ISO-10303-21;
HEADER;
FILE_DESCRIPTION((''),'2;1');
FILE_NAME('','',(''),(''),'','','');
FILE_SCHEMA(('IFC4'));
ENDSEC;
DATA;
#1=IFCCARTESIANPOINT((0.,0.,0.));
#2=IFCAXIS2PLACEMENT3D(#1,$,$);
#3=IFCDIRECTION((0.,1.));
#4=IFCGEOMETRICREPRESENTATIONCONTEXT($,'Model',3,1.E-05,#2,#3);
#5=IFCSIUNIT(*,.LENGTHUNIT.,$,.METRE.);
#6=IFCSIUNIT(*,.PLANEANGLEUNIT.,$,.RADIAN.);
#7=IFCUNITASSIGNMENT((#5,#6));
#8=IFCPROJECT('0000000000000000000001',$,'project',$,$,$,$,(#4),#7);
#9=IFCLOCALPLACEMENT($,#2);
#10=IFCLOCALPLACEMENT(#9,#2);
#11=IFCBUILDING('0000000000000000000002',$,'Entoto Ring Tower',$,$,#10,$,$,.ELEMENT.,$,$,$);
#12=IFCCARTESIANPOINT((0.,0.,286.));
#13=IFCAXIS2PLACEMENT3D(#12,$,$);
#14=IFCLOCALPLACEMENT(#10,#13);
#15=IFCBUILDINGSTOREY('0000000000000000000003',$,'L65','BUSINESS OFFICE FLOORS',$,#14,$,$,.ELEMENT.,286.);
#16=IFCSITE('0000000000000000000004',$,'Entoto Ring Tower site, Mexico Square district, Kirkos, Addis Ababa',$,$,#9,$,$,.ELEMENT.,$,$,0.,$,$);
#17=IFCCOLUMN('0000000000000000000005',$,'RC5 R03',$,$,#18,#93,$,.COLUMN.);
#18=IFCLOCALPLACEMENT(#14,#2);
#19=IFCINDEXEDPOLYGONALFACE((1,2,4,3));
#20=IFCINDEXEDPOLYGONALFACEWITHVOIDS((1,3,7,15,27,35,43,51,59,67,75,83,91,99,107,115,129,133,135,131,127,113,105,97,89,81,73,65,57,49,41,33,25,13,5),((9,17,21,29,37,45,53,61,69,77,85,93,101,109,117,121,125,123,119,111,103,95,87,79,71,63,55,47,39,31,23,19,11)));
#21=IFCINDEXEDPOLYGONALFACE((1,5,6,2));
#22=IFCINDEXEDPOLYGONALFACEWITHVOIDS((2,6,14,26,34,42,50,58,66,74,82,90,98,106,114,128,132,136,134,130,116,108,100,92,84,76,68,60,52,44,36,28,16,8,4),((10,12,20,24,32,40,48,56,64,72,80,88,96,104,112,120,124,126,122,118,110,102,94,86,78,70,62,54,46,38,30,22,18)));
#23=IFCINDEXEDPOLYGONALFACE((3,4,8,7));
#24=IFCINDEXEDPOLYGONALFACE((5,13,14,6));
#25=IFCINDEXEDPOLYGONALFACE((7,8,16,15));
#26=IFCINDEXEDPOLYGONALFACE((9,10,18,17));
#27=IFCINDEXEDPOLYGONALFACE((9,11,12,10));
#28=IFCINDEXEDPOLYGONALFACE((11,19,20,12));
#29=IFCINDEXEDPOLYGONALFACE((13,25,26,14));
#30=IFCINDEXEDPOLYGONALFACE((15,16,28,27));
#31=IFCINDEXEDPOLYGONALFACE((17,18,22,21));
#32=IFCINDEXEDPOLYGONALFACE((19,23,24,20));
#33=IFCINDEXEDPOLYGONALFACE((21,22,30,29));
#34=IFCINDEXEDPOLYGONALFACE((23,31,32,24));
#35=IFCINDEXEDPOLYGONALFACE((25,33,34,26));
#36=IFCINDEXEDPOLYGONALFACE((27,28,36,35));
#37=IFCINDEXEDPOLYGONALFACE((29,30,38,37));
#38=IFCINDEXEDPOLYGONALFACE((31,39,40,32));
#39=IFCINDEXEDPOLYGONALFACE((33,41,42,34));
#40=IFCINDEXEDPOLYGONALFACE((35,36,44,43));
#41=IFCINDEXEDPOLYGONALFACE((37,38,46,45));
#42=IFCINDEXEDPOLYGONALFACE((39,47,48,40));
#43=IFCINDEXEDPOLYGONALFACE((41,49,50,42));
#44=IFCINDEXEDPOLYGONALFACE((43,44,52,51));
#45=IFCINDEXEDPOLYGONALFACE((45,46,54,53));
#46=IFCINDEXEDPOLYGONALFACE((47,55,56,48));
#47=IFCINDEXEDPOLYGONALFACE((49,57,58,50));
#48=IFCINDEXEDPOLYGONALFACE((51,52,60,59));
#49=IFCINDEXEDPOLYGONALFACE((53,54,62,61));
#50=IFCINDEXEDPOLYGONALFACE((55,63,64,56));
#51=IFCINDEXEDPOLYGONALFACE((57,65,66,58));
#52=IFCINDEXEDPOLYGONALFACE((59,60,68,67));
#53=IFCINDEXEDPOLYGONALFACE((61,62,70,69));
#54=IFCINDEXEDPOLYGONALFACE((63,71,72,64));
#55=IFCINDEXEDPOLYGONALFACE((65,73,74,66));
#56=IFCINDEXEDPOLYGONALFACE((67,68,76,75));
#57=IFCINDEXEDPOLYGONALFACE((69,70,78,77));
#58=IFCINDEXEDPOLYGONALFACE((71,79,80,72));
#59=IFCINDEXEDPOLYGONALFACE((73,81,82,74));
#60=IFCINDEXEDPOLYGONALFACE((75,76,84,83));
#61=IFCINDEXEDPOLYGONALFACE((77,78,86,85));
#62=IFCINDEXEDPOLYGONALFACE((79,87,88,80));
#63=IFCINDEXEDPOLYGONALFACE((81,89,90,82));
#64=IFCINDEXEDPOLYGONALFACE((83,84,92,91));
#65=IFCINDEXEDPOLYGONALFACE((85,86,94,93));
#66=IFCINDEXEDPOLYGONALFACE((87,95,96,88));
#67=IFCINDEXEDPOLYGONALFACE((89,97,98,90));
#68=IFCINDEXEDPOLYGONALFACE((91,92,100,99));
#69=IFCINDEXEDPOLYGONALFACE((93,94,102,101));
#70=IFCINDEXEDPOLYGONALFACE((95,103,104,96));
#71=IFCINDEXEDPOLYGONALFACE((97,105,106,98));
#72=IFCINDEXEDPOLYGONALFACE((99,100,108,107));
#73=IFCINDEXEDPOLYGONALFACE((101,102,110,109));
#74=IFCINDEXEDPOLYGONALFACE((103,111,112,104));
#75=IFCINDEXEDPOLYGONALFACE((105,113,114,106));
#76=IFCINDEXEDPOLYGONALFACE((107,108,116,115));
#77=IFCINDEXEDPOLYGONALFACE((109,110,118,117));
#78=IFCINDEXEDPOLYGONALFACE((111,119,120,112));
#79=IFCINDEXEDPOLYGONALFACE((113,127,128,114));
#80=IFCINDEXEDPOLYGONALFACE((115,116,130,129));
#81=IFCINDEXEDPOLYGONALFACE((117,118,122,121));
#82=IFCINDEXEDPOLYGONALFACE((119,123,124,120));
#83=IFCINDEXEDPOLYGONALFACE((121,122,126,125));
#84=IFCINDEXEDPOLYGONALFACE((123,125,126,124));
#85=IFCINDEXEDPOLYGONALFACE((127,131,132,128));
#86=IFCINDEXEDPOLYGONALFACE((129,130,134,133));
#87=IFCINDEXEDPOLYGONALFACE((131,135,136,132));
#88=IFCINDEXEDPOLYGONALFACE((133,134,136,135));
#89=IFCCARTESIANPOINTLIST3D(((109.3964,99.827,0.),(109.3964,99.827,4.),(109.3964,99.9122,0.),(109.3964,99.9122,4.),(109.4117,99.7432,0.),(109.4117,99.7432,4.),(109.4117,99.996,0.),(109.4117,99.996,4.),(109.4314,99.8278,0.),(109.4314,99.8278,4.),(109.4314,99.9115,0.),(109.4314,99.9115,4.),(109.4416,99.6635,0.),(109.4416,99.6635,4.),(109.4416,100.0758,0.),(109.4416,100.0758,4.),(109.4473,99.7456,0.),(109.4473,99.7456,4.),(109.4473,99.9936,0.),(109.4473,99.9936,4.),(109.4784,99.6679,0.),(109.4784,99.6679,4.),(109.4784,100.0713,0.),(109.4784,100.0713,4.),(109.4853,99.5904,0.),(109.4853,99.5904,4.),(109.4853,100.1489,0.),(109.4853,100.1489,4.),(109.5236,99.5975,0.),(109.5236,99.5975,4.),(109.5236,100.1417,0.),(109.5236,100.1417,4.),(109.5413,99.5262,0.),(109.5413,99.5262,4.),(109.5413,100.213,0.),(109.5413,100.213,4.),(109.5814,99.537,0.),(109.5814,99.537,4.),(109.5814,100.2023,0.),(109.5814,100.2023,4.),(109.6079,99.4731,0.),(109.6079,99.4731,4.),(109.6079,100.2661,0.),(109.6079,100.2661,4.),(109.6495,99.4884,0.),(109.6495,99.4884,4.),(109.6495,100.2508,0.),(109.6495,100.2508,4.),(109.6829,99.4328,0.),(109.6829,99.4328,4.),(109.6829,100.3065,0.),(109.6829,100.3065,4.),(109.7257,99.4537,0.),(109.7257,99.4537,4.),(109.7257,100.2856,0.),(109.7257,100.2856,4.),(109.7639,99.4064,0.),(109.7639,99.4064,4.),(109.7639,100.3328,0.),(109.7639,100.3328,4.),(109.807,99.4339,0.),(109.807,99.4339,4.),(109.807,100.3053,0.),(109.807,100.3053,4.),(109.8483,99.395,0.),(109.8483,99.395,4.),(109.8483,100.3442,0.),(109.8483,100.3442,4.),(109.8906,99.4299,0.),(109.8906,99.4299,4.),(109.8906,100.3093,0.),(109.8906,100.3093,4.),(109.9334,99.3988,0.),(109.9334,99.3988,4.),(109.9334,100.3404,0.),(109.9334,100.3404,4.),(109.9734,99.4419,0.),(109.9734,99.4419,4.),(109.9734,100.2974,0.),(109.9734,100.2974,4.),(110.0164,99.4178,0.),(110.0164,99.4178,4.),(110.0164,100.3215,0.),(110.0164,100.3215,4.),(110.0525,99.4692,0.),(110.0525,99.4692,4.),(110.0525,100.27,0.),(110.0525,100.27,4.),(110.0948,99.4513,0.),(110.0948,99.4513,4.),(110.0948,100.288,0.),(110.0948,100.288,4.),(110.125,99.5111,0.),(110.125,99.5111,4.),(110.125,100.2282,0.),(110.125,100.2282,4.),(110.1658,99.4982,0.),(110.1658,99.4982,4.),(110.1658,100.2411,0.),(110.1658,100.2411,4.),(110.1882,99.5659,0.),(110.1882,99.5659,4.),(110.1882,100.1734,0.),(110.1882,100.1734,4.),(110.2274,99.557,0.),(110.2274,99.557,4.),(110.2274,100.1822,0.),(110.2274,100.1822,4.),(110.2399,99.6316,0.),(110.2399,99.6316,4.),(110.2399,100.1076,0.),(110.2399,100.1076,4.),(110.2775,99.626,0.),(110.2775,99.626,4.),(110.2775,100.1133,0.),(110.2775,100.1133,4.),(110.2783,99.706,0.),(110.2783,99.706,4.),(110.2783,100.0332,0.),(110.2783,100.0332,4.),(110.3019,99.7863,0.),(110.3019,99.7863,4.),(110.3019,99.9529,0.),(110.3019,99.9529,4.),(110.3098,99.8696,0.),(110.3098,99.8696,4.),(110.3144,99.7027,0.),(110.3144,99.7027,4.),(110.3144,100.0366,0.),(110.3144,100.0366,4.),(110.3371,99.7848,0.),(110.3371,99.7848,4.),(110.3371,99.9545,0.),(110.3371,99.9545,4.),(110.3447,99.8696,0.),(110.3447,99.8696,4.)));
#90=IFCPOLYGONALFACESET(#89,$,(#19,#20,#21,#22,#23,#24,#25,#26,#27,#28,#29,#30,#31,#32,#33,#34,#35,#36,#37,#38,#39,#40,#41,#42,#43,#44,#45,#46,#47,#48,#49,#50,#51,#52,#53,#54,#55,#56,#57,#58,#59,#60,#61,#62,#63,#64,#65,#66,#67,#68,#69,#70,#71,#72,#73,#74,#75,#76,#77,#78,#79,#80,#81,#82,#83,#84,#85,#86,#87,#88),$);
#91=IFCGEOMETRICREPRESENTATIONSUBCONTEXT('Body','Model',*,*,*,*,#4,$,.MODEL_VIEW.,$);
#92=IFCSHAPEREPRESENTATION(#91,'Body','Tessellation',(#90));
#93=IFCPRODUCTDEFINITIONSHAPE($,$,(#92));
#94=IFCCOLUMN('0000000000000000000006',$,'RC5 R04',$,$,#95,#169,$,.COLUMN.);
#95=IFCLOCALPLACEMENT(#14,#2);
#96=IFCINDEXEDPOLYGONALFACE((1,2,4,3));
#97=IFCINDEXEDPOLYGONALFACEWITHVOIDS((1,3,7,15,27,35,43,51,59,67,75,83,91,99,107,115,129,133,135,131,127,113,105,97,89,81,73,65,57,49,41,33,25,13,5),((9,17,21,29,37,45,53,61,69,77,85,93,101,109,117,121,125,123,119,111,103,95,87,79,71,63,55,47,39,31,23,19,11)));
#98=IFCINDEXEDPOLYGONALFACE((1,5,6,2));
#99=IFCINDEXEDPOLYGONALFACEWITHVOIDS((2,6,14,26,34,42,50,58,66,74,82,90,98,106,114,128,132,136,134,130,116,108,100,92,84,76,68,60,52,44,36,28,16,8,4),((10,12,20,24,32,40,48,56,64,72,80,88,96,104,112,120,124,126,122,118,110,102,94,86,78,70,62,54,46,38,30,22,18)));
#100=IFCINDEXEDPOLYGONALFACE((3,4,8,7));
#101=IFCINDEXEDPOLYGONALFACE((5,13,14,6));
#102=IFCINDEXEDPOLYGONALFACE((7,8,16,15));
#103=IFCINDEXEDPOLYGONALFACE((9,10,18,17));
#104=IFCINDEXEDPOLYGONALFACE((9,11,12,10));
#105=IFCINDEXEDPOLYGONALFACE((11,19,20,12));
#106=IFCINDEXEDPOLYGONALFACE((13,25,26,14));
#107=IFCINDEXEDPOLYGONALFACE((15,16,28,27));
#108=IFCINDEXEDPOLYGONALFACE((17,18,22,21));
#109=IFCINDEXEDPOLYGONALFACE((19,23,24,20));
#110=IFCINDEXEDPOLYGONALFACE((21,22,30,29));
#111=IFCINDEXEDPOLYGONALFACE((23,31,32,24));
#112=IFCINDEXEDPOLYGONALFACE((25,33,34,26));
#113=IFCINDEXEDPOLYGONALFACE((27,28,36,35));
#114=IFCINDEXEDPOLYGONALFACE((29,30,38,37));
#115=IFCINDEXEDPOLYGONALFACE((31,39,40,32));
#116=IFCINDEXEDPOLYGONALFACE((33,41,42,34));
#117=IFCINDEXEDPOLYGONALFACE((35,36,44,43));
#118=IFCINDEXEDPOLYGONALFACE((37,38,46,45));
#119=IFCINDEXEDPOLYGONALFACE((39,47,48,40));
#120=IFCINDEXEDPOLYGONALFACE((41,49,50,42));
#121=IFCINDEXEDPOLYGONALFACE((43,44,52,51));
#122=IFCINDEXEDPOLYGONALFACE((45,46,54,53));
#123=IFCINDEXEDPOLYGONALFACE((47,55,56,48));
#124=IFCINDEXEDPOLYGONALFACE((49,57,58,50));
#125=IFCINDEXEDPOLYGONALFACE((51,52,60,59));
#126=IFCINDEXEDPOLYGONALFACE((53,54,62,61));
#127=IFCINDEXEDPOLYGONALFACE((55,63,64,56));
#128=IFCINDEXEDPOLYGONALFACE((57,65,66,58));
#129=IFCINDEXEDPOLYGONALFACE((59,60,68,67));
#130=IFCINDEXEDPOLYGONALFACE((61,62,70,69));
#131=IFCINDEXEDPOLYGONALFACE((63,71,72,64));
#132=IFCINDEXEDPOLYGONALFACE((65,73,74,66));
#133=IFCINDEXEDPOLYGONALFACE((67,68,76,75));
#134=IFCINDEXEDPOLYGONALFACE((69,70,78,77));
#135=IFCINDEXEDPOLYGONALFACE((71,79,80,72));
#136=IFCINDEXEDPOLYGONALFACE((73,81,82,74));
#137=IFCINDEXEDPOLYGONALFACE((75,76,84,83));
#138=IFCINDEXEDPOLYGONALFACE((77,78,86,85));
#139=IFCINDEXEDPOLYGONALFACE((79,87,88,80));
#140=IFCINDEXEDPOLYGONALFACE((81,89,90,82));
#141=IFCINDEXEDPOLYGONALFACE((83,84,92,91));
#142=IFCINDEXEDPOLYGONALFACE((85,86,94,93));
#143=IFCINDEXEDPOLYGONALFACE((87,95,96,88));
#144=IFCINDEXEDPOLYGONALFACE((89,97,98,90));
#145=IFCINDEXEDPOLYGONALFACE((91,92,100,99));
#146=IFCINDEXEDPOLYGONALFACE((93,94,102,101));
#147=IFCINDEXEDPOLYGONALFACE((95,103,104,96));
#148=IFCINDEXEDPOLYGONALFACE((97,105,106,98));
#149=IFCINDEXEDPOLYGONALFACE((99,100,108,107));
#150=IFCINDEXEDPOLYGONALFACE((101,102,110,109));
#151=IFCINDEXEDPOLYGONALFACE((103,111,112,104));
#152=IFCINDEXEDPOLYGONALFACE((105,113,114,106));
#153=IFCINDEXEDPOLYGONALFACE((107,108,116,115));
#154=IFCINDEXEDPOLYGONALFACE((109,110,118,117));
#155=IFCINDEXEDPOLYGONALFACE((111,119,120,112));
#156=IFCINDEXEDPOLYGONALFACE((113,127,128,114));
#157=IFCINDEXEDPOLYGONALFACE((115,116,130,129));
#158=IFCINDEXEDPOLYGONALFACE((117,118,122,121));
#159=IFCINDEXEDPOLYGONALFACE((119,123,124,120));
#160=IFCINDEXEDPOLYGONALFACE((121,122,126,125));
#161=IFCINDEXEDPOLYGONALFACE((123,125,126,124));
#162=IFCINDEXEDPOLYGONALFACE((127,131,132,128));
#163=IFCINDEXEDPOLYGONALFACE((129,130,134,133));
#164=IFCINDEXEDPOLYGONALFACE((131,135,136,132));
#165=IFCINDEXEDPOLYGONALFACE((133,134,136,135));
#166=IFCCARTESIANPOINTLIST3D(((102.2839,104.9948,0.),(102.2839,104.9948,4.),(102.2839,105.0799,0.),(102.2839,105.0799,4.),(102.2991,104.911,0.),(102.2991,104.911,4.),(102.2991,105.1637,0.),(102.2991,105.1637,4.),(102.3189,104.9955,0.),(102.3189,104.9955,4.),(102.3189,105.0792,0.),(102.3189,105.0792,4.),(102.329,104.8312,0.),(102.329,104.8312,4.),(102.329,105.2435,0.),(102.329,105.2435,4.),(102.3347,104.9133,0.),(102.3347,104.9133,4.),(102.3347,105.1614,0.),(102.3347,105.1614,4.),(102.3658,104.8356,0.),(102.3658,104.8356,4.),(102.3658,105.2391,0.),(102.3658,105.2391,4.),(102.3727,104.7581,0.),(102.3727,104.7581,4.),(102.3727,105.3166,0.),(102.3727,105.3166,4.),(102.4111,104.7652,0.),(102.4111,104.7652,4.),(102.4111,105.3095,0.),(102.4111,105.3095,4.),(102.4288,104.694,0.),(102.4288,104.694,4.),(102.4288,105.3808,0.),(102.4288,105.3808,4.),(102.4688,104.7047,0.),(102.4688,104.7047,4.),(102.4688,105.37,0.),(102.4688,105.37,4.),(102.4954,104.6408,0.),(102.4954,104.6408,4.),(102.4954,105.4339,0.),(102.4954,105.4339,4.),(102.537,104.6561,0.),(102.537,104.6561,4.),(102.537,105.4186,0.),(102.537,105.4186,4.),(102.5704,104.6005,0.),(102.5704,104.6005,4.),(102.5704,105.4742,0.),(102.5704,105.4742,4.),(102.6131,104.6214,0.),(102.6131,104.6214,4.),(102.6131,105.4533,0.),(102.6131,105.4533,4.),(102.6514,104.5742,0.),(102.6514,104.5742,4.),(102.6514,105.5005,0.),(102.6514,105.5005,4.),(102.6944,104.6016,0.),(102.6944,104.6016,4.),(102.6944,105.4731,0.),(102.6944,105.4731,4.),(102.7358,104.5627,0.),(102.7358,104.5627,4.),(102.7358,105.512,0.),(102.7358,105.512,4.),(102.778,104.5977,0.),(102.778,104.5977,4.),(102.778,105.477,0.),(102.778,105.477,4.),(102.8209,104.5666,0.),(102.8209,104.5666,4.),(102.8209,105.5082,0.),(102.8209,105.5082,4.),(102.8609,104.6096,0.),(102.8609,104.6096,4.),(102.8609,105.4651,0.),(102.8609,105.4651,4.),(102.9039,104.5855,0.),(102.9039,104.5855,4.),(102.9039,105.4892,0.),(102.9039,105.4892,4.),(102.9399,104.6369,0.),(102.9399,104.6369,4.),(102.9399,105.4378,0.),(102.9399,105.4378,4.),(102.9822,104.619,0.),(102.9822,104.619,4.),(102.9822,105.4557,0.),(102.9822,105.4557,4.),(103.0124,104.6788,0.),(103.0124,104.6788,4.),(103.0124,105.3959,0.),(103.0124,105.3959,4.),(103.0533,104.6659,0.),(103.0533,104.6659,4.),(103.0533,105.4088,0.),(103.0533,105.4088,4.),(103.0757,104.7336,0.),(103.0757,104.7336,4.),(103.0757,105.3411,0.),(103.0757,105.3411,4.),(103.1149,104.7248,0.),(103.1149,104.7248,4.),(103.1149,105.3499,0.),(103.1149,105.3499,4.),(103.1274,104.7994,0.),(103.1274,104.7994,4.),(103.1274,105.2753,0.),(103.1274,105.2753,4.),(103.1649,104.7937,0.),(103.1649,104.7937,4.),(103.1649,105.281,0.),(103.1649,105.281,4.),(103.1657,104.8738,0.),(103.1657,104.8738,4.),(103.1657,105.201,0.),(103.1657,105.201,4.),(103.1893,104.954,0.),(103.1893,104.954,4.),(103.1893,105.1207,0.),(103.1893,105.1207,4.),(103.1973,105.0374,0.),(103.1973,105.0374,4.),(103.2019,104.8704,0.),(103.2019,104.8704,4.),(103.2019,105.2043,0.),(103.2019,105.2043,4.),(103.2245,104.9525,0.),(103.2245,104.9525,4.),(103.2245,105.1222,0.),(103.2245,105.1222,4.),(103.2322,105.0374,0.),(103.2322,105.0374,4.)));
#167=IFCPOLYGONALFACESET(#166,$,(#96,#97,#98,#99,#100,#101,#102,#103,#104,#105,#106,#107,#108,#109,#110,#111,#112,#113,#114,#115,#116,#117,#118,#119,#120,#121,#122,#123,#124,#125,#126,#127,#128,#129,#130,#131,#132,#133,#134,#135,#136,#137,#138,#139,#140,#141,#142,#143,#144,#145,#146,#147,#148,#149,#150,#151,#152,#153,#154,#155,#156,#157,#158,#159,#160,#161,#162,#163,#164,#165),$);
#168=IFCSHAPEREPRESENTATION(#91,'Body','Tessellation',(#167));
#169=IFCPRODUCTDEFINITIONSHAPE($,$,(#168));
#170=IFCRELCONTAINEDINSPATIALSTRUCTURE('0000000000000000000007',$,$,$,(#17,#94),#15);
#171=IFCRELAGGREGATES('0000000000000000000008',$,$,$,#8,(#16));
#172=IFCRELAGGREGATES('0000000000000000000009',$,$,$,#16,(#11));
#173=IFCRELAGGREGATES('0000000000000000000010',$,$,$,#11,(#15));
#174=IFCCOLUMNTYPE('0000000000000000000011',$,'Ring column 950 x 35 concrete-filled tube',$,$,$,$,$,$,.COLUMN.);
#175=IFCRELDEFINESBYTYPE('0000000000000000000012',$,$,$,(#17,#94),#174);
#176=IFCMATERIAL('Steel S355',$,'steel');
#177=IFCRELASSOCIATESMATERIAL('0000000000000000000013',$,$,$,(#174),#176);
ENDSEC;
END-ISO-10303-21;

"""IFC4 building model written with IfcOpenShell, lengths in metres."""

from ifc_helpers import new_model, si_unit, direction, frame, origin, origin_2d, place, context, subcontext, project, spatial, circle, hollow_circle, extrude, material, material_profile, profile_set, type_object, element, save


model = new_model("IFC4")

# Units and contexts
model_context = context("Model", 3, precision=1e-05, world=origin(), true_north=direction((0.0, 1.0)))
body_context = subcontext(model_context, "Body", "Model", "MODEL_VIEW")
ifc_project = project(units=[si_unit("LENGTHUNIT", "METRE"), si_unit("PLANEANGLEUNIT", "RADIAN")], contexts=[model_context])

# Site, building, storey
site_placement = place(None, origin())
site = spatial("IfcSite", under=ifc_project, at=site_placement, Name="Entoto Ring Tower site, Mexico Square district, Kirkos, Addis Ababa", CompositionType="ELEMENT", RefElevation=0.0)
building_placement = place(site_placement, origin())
building = spatial("IfcBuilding", under=site, at=building_placement, Name="Entoto Ring Tower", CompositionType="ELEMENT")
storey_placement = place(building_placement, frame((0.0, 0.0, 286.0)))
storey = spatial("IfcBuildingStorey", under=building, at=storey_placement, Name="L65", Description="BUSINESS OFFICE FLOORS", CompositionType="ELEMENT", Elevation=286.0)

# Columns
ifc_material_1 = material(Name="Steel S355", Category="steel")
ifc_material_profile_1 = material_profile(ifc_material_1, hollow_circle(Radius=0.4751, WallThickness=0.0349, at=origin_2d()), Name="CHS 950 x 35")
ifc_material_2 = material(Name="Concrete C60/75", Category="concrete")
ifc_material_profile_2 = material_profile(ifc_material_2, circle(Radius=0.4399, at=origin_2d()), Name="Concrete C60/75 infill")
ifc_profile_set_1 = profile_set([ifc_material_profile_1, ifc_material_profile_2], Name="Steel S355")
column_type = type_object("IfcColumnType", Name="Ring column 950 x 35 concrete-filled tube", PredefinedType="COLUMN", material=ifc_profile_set_1)
for number, where, z_axis, x_axis, name in (
    (1, (109.8696, 99.8696, 0.0), (0.0, 0.0, 1.0), (1.0, 0.0, 0.0), "RC5 R03"),
    (2, (102.7571, 105.0374, 0.0), (0.0, 0.0, 1.0), (1.0, 0.0, 0.0), "RC5 R04"),
):
    element("IfcColumn", number, at=place(storey_placement, frame(where, z_axis=z_axis, x_axis=x_axis)), inside=storey, type_object=column_type, Name=name, PredefinedType="COLUMN", context=body_context, shape_type="SweptSolid", body=[
        extrude(hollow_circle(Radius=0.4751, WallThickness=0.0349, at=origin_2d()), origin(), (0.0, 0.0, 1.0), 4.0),
    ])

save(model, "model.ifc")
